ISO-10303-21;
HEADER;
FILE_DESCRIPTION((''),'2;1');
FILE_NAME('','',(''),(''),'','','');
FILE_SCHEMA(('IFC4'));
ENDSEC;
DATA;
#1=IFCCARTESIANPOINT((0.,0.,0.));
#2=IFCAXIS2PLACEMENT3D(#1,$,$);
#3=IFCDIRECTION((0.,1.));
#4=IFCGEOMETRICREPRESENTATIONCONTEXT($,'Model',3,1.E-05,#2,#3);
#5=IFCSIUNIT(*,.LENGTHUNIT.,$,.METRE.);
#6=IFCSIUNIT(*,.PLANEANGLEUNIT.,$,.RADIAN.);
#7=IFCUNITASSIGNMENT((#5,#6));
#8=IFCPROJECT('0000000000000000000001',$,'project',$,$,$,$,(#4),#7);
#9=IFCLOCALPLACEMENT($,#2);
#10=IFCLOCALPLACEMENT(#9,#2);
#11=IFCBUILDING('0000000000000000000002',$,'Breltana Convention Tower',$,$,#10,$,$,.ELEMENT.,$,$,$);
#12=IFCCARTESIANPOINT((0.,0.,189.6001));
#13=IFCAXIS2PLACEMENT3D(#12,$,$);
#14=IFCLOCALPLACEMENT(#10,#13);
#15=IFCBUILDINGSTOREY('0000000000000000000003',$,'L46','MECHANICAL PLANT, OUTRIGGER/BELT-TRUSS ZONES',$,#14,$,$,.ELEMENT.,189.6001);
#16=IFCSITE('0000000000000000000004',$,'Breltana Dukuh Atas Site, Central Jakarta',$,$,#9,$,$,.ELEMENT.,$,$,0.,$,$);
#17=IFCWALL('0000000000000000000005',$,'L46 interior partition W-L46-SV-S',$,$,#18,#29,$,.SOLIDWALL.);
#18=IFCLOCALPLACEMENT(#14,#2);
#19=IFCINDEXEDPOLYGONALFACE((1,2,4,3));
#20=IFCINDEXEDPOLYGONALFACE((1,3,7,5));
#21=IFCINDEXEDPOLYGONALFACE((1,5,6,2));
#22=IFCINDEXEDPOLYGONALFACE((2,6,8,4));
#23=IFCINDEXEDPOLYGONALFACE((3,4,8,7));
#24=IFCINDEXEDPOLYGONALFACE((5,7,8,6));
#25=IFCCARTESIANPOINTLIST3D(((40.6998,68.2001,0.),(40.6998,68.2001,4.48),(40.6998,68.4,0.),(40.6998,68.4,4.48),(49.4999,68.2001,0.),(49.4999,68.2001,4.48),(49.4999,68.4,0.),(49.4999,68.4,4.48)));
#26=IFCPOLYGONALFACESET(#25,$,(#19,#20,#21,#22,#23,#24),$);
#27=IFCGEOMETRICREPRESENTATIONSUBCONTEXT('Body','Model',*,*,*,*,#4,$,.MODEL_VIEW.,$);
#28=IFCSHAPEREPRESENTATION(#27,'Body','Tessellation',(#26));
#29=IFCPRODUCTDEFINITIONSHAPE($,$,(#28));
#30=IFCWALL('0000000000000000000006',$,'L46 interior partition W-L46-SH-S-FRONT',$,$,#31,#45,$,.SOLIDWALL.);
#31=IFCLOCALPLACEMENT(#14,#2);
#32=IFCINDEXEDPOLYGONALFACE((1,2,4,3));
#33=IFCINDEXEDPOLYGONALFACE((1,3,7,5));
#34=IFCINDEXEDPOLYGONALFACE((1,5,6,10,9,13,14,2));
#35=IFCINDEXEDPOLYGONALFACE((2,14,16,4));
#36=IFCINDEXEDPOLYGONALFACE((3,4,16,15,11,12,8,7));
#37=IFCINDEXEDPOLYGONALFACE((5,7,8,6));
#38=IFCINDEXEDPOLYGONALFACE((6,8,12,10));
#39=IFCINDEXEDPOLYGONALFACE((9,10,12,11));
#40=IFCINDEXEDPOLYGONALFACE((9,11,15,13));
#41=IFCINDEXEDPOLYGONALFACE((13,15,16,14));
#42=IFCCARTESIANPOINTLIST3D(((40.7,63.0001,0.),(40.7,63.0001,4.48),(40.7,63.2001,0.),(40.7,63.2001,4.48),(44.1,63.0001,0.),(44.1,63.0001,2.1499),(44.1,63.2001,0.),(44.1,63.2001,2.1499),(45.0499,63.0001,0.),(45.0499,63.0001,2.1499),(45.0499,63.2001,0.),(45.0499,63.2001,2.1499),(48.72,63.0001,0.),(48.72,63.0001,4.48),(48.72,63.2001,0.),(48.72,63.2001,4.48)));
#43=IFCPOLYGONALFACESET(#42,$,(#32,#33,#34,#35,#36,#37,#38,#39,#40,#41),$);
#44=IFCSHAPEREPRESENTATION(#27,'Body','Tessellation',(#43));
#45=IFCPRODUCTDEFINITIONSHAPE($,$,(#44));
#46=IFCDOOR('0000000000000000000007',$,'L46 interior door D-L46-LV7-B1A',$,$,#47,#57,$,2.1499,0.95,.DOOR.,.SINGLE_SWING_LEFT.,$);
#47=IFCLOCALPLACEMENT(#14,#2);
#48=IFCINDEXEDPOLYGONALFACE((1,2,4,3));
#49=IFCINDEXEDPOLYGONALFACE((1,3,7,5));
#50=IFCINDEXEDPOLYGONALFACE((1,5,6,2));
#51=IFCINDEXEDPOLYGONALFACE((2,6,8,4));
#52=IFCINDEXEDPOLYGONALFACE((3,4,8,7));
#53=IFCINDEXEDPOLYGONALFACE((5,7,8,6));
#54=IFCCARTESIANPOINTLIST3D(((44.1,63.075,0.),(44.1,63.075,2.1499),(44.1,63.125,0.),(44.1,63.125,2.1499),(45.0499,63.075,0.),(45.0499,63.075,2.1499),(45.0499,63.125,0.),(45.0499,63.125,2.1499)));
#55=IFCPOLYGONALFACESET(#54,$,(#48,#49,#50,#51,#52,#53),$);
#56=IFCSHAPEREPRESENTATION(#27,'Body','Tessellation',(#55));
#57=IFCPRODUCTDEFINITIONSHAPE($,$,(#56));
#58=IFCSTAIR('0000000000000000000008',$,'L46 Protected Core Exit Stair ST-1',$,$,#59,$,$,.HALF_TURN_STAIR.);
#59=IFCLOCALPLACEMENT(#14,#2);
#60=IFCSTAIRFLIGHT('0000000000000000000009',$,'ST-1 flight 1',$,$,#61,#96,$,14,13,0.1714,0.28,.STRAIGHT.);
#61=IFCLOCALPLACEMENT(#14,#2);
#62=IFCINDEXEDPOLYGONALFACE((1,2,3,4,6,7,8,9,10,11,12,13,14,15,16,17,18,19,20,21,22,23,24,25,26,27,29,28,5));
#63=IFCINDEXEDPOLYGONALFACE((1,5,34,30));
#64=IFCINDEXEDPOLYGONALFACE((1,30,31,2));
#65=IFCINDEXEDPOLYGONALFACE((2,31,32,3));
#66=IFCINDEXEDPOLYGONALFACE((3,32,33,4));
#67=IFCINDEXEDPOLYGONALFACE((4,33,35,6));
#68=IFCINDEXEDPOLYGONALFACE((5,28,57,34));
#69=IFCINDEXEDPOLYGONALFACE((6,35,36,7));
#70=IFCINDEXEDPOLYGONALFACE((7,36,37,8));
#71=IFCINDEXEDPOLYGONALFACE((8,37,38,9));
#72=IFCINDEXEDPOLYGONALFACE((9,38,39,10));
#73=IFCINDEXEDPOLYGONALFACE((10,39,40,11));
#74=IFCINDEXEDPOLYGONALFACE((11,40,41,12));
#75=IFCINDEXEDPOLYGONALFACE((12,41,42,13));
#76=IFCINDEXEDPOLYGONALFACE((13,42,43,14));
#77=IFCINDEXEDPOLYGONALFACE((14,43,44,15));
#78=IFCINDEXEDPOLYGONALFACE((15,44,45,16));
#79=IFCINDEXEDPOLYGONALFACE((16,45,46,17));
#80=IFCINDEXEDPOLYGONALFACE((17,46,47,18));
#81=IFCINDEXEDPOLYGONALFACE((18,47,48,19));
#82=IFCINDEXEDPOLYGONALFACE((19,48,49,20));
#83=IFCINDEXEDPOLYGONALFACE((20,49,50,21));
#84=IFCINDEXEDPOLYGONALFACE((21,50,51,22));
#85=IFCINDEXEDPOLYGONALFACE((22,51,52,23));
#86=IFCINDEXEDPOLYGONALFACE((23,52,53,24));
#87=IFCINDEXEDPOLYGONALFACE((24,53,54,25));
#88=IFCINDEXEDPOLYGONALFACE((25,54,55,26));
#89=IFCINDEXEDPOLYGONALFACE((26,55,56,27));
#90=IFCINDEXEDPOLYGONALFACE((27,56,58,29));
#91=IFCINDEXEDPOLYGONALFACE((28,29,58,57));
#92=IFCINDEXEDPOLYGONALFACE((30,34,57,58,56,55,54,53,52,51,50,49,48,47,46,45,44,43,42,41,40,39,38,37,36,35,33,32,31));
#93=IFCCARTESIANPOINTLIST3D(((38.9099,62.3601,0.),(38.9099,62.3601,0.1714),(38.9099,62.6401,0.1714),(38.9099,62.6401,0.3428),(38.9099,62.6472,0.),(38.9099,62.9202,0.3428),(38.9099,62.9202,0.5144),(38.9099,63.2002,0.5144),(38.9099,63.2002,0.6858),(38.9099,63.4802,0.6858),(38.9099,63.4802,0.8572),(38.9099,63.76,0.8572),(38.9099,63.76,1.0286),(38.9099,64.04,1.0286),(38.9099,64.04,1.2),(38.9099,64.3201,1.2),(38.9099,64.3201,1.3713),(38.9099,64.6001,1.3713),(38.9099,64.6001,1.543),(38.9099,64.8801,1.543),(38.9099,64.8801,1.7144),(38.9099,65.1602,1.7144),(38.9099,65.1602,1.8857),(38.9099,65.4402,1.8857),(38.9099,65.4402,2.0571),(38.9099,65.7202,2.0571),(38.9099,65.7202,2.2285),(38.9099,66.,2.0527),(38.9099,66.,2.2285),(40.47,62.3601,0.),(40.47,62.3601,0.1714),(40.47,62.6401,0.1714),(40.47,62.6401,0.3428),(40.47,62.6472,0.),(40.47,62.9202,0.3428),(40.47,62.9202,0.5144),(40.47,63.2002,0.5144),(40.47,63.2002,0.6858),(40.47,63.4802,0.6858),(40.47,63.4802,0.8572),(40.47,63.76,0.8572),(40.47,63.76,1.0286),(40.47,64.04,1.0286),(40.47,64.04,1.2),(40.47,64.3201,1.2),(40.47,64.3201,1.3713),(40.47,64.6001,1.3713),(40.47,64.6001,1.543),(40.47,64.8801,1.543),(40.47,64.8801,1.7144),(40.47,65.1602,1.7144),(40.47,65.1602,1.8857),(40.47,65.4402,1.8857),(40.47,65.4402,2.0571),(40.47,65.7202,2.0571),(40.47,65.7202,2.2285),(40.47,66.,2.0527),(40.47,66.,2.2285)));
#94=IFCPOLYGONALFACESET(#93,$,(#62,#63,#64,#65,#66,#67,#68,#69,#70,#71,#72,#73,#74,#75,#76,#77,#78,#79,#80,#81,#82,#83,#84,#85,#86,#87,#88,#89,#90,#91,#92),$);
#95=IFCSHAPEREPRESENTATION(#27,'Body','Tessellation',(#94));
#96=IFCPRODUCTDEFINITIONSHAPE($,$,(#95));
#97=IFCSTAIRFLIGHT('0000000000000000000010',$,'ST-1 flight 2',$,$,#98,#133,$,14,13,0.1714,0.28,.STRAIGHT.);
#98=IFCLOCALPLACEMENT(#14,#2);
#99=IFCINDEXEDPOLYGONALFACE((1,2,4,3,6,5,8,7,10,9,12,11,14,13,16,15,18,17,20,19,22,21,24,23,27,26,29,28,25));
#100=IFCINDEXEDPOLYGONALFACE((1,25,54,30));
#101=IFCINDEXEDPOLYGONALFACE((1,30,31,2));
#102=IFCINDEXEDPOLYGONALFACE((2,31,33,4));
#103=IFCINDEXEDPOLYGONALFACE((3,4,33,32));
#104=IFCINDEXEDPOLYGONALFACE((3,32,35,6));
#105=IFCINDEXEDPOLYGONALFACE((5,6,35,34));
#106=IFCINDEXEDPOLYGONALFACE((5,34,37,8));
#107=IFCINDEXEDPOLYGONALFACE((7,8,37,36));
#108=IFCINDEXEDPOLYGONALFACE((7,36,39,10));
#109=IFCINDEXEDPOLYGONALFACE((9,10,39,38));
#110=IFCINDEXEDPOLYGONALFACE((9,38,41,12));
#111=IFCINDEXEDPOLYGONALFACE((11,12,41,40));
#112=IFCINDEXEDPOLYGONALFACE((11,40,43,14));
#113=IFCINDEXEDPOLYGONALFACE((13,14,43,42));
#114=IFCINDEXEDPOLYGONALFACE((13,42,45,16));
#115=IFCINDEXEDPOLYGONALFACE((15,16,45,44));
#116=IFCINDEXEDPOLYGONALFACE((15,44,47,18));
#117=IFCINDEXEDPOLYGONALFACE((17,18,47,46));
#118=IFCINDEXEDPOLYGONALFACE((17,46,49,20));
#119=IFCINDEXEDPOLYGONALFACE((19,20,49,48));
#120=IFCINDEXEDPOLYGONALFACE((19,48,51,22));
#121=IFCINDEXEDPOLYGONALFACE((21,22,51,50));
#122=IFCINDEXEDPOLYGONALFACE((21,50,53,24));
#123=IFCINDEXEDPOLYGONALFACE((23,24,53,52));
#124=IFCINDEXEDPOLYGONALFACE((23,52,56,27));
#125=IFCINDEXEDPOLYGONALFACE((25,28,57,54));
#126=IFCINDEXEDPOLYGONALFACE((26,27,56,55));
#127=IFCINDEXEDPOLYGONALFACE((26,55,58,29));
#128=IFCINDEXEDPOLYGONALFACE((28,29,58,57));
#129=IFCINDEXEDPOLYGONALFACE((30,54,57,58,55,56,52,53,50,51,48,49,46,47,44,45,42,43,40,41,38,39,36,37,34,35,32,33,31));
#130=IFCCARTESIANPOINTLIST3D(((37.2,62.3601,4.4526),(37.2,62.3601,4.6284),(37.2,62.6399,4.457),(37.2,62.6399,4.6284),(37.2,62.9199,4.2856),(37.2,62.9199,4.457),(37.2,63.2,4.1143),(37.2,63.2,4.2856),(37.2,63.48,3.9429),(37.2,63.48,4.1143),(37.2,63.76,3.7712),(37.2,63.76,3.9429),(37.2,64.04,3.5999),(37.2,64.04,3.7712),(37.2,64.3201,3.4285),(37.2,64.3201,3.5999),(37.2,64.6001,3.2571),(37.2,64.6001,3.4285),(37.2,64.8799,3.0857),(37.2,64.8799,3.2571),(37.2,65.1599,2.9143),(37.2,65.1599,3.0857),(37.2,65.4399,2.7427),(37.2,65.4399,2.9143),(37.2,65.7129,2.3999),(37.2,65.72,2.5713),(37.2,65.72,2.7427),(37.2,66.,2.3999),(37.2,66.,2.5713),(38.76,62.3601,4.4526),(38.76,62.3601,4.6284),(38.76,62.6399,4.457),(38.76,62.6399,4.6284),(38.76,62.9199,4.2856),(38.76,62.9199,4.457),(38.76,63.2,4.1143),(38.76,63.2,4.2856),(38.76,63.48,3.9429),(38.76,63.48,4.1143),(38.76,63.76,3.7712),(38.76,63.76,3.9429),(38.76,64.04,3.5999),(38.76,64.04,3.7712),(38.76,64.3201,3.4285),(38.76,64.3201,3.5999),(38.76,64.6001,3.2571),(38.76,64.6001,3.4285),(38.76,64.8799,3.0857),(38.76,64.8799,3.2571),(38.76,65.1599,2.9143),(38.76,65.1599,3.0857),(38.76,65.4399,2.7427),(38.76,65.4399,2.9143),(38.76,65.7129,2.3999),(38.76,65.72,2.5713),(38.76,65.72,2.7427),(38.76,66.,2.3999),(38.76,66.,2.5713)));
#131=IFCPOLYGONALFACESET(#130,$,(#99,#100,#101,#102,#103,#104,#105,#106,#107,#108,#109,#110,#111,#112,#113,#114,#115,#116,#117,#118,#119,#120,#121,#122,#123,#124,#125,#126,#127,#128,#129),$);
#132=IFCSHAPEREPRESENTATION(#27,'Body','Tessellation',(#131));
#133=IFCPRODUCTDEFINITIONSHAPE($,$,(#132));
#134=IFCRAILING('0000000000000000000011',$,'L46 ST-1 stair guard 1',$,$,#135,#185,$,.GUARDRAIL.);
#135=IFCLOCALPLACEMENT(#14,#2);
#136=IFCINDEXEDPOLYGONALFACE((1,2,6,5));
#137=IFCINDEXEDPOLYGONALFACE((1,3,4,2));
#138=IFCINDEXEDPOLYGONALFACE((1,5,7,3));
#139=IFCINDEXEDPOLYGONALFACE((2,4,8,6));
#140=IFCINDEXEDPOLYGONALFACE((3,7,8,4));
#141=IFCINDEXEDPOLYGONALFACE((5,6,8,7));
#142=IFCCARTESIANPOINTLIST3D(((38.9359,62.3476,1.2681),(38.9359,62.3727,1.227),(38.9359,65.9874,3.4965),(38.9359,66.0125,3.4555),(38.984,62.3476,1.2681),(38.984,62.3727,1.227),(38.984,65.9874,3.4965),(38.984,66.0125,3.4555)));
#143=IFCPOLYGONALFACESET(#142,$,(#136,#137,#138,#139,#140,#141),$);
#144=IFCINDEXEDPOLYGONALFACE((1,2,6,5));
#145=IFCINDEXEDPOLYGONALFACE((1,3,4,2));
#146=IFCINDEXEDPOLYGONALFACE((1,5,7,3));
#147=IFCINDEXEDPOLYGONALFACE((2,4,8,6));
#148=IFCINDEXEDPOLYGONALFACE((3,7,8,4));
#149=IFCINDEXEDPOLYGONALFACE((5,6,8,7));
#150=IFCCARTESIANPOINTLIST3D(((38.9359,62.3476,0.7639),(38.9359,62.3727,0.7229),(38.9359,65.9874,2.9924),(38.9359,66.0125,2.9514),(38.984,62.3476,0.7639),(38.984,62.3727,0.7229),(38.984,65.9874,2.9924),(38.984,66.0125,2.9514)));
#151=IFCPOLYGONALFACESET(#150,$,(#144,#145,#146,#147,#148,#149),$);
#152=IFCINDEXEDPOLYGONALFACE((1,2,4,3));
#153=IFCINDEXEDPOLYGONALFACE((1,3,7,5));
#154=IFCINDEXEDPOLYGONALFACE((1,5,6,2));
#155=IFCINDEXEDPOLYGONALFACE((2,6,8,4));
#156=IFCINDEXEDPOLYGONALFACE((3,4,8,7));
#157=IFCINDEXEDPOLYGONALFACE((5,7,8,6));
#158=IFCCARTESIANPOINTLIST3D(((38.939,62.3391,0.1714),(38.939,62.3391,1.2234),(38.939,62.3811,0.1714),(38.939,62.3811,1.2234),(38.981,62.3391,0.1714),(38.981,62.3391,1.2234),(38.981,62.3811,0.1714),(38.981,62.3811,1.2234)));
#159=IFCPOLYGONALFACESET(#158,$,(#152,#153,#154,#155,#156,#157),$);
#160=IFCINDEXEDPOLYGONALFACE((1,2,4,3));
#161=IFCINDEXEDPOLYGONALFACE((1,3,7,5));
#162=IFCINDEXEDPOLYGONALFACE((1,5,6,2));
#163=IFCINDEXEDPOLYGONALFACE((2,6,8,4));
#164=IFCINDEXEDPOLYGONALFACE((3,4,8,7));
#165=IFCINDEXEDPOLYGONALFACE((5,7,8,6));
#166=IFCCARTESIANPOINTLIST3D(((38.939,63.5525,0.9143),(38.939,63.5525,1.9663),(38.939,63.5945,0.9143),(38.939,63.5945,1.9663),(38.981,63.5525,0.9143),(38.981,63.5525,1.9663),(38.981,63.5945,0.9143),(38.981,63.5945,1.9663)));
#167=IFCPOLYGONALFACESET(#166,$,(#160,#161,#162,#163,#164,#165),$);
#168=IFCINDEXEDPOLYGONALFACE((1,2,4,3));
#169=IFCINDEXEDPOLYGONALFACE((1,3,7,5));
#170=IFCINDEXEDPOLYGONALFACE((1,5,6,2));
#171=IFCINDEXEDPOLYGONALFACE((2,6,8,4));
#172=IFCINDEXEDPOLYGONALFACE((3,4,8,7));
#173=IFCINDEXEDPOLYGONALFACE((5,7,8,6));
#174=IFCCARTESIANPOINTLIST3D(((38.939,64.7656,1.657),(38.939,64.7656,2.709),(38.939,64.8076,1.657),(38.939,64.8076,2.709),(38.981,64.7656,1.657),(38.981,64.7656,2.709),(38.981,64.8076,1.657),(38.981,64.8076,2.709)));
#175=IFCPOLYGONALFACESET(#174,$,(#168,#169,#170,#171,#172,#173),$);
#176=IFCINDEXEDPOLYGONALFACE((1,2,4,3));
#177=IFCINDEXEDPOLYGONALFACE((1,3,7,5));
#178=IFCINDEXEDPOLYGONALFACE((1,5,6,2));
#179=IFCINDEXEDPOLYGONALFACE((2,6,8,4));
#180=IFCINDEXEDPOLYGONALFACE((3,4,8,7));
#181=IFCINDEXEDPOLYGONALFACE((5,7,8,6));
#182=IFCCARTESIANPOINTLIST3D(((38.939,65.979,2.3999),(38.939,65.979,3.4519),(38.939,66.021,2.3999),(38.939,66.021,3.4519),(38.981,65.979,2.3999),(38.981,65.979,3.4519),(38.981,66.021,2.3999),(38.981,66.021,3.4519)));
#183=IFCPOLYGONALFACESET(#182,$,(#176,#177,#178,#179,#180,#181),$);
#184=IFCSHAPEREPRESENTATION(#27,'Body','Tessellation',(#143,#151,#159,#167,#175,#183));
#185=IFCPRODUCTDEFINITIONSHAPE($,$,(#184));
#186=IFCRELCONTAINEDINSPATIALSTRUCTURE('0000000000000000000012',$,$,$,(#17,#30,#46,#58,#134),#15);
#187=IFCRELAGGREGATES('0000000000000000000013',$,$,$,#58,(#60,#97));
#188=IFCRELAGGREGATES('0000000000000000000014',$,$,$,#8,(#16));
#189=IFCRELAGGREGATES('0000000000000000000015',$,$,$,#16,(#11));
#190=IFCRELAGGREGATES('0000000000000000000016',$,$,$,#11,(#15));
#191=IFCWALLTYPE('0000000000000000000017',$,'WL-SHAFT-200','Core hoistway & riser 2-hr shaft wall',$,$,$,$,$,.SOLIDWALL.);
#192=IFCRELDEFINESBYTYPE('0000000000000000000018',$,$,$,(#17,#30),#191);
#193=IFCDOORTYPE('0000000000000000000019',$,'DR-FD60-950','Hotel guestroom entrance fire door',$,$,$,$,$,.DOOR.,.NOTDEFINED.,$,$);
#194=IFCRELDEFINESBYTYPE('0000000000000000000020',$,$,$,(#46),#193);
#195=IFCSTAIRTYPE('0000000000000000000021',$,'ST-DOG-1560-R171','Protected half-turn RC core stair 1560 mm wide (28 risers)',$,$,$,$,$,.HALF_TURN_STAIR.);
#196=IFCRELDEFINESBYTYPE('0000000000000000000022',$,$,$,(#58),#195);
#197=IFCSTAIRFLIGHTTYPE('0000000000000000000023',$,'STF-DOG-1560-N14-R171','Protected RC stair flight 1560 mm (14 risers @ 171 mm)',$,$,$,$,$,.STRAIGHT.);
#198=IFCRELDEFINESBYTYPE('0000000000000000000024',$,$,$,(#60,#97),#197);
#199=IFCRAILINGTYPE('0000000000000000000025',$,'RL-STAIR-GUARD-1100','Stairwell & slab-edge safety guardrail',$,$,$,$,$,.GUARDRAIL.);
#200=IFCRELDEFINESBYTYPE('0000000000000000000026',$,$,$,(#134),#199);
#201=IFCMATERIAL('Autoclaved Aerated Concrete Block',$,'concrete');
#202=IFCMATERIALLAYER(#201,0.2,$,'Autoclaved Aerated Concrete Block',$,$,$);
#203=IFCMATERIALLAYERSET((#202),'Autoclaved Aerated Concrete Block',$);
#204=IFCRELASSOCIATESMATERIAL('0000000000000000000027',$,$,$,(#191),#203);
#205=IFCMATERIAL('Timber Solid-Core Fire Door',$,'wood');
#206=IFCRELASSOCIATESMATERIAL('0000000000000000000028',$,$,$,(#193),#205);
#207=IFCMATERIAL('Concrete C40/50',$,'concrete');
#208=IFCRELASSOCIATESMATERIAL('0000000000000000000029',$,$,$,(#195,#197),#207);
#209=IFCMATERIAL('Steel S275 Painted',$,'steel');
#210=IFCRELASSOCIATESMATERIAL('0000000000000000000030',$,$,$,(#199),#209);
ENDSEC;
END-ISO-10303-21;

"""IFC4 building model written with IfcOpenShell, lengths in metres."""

from ifc_helpers import new_model, si_unit, direction, frame, frame_2d, origin, origin_2d, place, context, subcontext, project, spatial, polyline, rectangle, outline, extrude, source, transform, mapped, material, layer, layer_set, type_object, type_shapes, element, fill, aggregate, save


model = new_model("IFC4")

# Units and contexts
model_context = context("Model", 3, precision=1e-05, world=origin(), true_north=direction((0.0, 1.0)))
body_context = subcontext(model_context, "Body", "Model", "MODEL_VIEW")
ifc_project = project(units=[si_unit("LENGTHUNIT", "METRE"), si_unit("PLANEANGLEUNIT", "RADIAN")], contexts=[model_context])

# Site, building, storey
site_placement = place(None, origin())
site = spatial("IfcSite", under=ifc_project, at=site_placement, Name="Breltana Dukuh Atas Site, Central Jakarta", CompositionType="ELEMENT", RefElevation=0.0)
building_placement = place(site_placement, origin())
building = spatial("IfcBuilding", under=site, at=building_placement, Name="Breltana Convention Tower", CompositionType="ELEMENT")
storey_placement = place(building_placement, frame((0.0, 0.0, 189.6001)))
storey = spatial("IfcBuildingStorey", under=building, at=storey_placement, Name="L46", Description="MECHANICAL PLANT, OUTRIGGER/BELT-TRUSS ZONES", CompositionType="ELEMENT", Elevation=189.6001)

# Wall
ifc_material_1 = material(Name="Autoclaved Aerated Concrete Block", Category="concrete")
ifc_layer_1 = layer(ifc_material_1, 0.2, Name="Autoclaved Aerated Concrete Block")
ifc_layer_set_1 = layer_set([ifc_layer_1], Name="Autoclaved Aerated Concrete Block")
wall_type_1 = type_object("IfcWallType", Name="WL-SHAFT-200", Description="Core hoistway & riser 2-hr shaft wall", PredefinedType="SOLIDWALL", material=ifc_layer_set_1)
shared_shape_1 = source(origin(), body_context, "Body", "SweptSolid", [
    extrude(rectangle(XDim=8.8, YDim=0.2, at=frame_2d((4.3999, 0.0))), origin(), (0.0, 0.0, 1.0), 4.48),
])
wall_1_placement = place(storey_placement, frame((40.7, 68.3, 0.0), z_axis=(0.0, 0.0, 1.0), x_axis=(1.0, 0.0, 0.0)))
element("IfcWall", 1, at=wall_1_placement, inside=storey, type_object=wall_type_1, Name="L46 interior partition W-L46-SV-S", PredefinedType="SOLIDWALL", context=body_context, shape_type="MappedRepresentation", body=[
    mapped(shared_shape_1, transform((0.0, 0.0, 0.0), scale=1.0)),
])

# Wall, opening, door
shared_shape_2 = source(origin(), body_context, "Body", "SweptSolid", [
    extrude(rectangle(XDim=8.02, YDim=0.2, at=frame_2d((4.01, 0.0))), origin(), (0.0, 0.0, 1.0), 4.48),
])
wall_2_placement = place(storey_placement, frame((40.7, 63.1001, 0.0), z_axis=(0.0, 0.0, 1.0), x_axis=(1.0, 0.0, 0.0)))
wall_2 = element("IfcWall", 2, at=wall_2_placement, inside=storey, type_object=wall_type_1, Name="L46 interior partition W-L46-SH-S-FRONT", PredefinedType="SOLIDWALL", context=body_context, shape_type="MappedRepresentation", body=[
    mapped(shared_shape_2, transform((0.0, 0.0, 0.0), scale=1.0)),
])
opening_1_placement = place(wall_2_placement, frame((3.3999, 0.0, 0.0)))
opening_1 = element("IfcOpeningElement", 3, at=opening_1_placement, cuts=wall_2, PredefinedType="OPENING", context=body_context, shape_type="SweptSolid", body=[
    extrude(rectangle(XDim=0.95, YDim=2.1499, at=frame_2d((0.4751, 1.075))), frame((0.0, 0.1099, 0.0), z_axis=(0.0, -1.0, 0.0), x_axis=(1.0, 0.0, 0.0)), (0.0, 0.0, 1.0), 0.22),
])
ifc_material_2 = material(Name="Timber Solid-Core Fire Door", Category="wood")
door_type_1 = type_object("IfcDoorType", Name="DR-FD60-950", Description="Hotel guestroom entrance fire door", OperationType="NOTDEFINED", PredefinedType="DOOR", material=ifc_material_2)
shared_shape_3 = source(origin(), body_context, "Body", "SweptSolid", [
    extrude(rectangle(XDim=0.95, YDim=2.1499, at=frame_2d((0.4751, 1.075))), frame((0.0, 0.0249, 0.0), z_axis=(0.0, -1.0, 0.0), x_axis=(1.0, 0.0, 0.0)), (0.0, 0.0, 1.0), 0.05),
])
type_shapes(door_type_1, [shared_shape_3])
door_1_placement = place(opening_1_placement, origin())
door_1 = element("IfcDoor", 4, at=door_1_placement, inside=storey, type_object=door_type_1, Name="L46 interior door D-L46-LV7-B1A", OperationType="SINGLE_SWING_LEFT", OverallHeight=2.1499, OverallWidth=0.95, PredefinedType="DOOR", context=body_context, shape_type="MappedRepresentation", body=[
    mapped(shared_shape_3, transform((0.0, 0.0, 0.0), scale=1.0)),
])
fill(opening_1, door_1)

# Stair, stair flights
ifc_material_3 = material(Name="Concrete C40/50", Category="concrete")
stair_type = type_object("IfcStairType", Name="ST-DOG-1560-R171", Description="Protected half-turn RC core stair 1560 mm wide (28 risers)", PredefinedType="HALF_TURN_STAIR", material=ifc_material_3)
stair_placement = place(storey_placement, origin())
stair = element("IfcStair", 5, at=stair_placement, inside=storey, type_object=stair_type, Name="L46 Protected Core Exit Stair ST-1", PredefinedType="HALF_TURN_STAIR")
stair_flight_type = type_object("IfcStairFlightType", Name="STF-DOG-1560-N14-R171", Description="Protected RC stair flight 1560 mm (14 risers @ 171 mm)", PredefinedType="STRAIGHT", material=ifc_material_3)
stair_flight_1_placement = place(storey_placement, frame((39.6899, 62.3601, 0.0), z_axis=(0.0, 0.0, 1.0), x_axis=(0.0, 1.0, 0.0)))
stair_flight_1 = element("IfcStairFlight", 6, at=stair_flight_1_placement, type_object=stair_flight_type, Name="ST-1 flight 1", NumberOfRisers=14, NumberOfTreads=13, PredefinedType="STRAIGHT", RiserHeight=0.1714, TreadLength=0.28, context=body_context, shape_type="SweptSolid", body=[
    extrude(outline(polyline([(0.0, 0.0), (0.0, 0.1714), (0.28, 0.1714), (0.28, 0.3428), (0.5601, 0.3428), (0.5601, 0.5144), (0.8401, 0.5144), (0.8401, 0.6858), (1.1201, 0.6858), (1.1201, 0.8572), (1.3999, 0.8572), (1.3999, 1.0286), (1.6799, 1.0286), (1.6799, 1.2), (1.96, 1.2), (1.96, 1.3713), (2.24, 1.3713), (2.24, 1.543), (2.52, 1.543), (2.52, 1.7144), (2.8, 1.7144), (2.8, 1.8857), (3.0801, 1.8857), (3.0801, 2.0571), (3.3601, 2.0571), (3.3601, 2.2285), (3.6399, 2.2285), (3.6399, 2.3999), (3.6399, 2.0527), (0.2871, 0.0), (0.0, 0.0)])), frame((0.0, 0.78, 0.0), z_axis=(0.0, -1.0, 0.0), x_axis=(1.0, 0.0, 0.0)), (0.0, 0.0, 1.0), 1.5601),
])
stair_flight_2_placement = place(storey_placement, frame((37.98, 66.0, 2.3999), z_axis=(0.0, 0.0, 1.0), x_axis=(0.0, -1.0, 0.0)))
stair_flight_2 = element("IfcStairFlight", 7, at=stair_flight_2_placement, type_object=stair_flight_type, Name="ST-1 flight 2", NumberOfRisers=14, NumberOfTreads=13, PredefinedType="STRAIGHT", RiserHeight=0.1714, TreadLength=0.28, context=body_context, shape_type="SweptSolid", body=[
    extrude(outline(polyline([(0.0, 0.0), (0.0, 0.1714), (0.28, 0.1714), (0.28, 0.3428), (0.5601, 0.3428), (0.5601, 0.5144), (0.8401, 0.5144), (0.8401, 0.6858), (1.1201, 0.6858), (1.1201, 0.8572), (1.3999, 0.8572), (1.3999, 1.0286), (1.6799, 1.0286), (1.6799, 1.2), (1.96, 1.2), (1.96, 1.3713), (2.24, 1.3713), (2.24, 1.543), (2.52, 1.543), (2.52, 1.7144), (2.8, 1.7144), (2.8, 1.8857), (3.0801, 1.8857), (3.0801, 2.0571), (3.3601, 2.0571), (3.3601, 2.2285), (3.6399, 2.2285), (3.6399, 2.3999), (3.6399, 2.0527), (0.2871, 0.0), (0.0, 0.0)])), frame((0.0, 0.78, 0.0), z_axis=(0.0, -1.0, 0.0), x_axis=(1.0, 0.0, 0.0)), (0.0, 0.0, 1.0), 1.5601),
])
aggregate(stair, [stair_flight_1, stair_flight_2])

# Railing
ifc_material_4 = material(Name="Steel S275 Painted", Category="steel")
railing_type_1 = type_object("IfcRailingType", Name="RL-STAIR-GUARD-1100", Description="Stairwell & slab-edge safety guardrail", PredefinedType="GUARDRAIL", material=ifc_material_4)
railing_1_placement = place(storey_placement, frame((38.96, 62.3601, 0.1714)))
element("IfcRailing", 8, at=railing_1_placement, inside=storey, type_object=railing_type_1, Name="L46 ST-1 stair guard 1", PredefinedType="GUARDRAIL", context=body_context, shape_type="SweptSolid", body=[
    extrude(rectangle(XDim=0.0481, YDim=0.0481, at=origin_2d()), frame((0.0, 0.0, 1.0762), z_axis=(0.0, 0.85285, 0.522156), x_axis=(-1.0, 0.0, 0.0)), (0.0, 0.0, 1.0), 4.2678),
    extrude(rectangle(XDim=0.0481, YDim=0.0481, at=origin_2d()), frame((0.0, 0.0, 0.572), z_axis=(0.0, 0.85285, 0.522156), x_axis=(-1.0, 0.0, 0.0)), (0.0, 0.0, 1.0), 4.2678),
    extrude(rectangle(XDim=0.042, YDim=0.042, at=origin_2d()), origin(), (0.0, 0.0, 1.0), 1.052),
    extrude(rectangle(XDim=0.042, YDim=0.042, at=origin_2d()), frame((0.0, 1.2134, 0.7429)), (0.0, 0.0, 1.0), 1.052),
    extrude(rectangle(XDim=0.042, YDim=0.042, at=origin_2d()), frame((0.0, 2.4265, 1.4856)), (0.0, 0.0, 1.0), 1.052),
    extrude(rectangle(XDim=0.042, YDim=0.042, at=origin_2d()), frame((0.0, 3.6399, 2.2285)), (0.0, 0.0, 1.0), 1.052),
])

save(model, "model.ifc")
